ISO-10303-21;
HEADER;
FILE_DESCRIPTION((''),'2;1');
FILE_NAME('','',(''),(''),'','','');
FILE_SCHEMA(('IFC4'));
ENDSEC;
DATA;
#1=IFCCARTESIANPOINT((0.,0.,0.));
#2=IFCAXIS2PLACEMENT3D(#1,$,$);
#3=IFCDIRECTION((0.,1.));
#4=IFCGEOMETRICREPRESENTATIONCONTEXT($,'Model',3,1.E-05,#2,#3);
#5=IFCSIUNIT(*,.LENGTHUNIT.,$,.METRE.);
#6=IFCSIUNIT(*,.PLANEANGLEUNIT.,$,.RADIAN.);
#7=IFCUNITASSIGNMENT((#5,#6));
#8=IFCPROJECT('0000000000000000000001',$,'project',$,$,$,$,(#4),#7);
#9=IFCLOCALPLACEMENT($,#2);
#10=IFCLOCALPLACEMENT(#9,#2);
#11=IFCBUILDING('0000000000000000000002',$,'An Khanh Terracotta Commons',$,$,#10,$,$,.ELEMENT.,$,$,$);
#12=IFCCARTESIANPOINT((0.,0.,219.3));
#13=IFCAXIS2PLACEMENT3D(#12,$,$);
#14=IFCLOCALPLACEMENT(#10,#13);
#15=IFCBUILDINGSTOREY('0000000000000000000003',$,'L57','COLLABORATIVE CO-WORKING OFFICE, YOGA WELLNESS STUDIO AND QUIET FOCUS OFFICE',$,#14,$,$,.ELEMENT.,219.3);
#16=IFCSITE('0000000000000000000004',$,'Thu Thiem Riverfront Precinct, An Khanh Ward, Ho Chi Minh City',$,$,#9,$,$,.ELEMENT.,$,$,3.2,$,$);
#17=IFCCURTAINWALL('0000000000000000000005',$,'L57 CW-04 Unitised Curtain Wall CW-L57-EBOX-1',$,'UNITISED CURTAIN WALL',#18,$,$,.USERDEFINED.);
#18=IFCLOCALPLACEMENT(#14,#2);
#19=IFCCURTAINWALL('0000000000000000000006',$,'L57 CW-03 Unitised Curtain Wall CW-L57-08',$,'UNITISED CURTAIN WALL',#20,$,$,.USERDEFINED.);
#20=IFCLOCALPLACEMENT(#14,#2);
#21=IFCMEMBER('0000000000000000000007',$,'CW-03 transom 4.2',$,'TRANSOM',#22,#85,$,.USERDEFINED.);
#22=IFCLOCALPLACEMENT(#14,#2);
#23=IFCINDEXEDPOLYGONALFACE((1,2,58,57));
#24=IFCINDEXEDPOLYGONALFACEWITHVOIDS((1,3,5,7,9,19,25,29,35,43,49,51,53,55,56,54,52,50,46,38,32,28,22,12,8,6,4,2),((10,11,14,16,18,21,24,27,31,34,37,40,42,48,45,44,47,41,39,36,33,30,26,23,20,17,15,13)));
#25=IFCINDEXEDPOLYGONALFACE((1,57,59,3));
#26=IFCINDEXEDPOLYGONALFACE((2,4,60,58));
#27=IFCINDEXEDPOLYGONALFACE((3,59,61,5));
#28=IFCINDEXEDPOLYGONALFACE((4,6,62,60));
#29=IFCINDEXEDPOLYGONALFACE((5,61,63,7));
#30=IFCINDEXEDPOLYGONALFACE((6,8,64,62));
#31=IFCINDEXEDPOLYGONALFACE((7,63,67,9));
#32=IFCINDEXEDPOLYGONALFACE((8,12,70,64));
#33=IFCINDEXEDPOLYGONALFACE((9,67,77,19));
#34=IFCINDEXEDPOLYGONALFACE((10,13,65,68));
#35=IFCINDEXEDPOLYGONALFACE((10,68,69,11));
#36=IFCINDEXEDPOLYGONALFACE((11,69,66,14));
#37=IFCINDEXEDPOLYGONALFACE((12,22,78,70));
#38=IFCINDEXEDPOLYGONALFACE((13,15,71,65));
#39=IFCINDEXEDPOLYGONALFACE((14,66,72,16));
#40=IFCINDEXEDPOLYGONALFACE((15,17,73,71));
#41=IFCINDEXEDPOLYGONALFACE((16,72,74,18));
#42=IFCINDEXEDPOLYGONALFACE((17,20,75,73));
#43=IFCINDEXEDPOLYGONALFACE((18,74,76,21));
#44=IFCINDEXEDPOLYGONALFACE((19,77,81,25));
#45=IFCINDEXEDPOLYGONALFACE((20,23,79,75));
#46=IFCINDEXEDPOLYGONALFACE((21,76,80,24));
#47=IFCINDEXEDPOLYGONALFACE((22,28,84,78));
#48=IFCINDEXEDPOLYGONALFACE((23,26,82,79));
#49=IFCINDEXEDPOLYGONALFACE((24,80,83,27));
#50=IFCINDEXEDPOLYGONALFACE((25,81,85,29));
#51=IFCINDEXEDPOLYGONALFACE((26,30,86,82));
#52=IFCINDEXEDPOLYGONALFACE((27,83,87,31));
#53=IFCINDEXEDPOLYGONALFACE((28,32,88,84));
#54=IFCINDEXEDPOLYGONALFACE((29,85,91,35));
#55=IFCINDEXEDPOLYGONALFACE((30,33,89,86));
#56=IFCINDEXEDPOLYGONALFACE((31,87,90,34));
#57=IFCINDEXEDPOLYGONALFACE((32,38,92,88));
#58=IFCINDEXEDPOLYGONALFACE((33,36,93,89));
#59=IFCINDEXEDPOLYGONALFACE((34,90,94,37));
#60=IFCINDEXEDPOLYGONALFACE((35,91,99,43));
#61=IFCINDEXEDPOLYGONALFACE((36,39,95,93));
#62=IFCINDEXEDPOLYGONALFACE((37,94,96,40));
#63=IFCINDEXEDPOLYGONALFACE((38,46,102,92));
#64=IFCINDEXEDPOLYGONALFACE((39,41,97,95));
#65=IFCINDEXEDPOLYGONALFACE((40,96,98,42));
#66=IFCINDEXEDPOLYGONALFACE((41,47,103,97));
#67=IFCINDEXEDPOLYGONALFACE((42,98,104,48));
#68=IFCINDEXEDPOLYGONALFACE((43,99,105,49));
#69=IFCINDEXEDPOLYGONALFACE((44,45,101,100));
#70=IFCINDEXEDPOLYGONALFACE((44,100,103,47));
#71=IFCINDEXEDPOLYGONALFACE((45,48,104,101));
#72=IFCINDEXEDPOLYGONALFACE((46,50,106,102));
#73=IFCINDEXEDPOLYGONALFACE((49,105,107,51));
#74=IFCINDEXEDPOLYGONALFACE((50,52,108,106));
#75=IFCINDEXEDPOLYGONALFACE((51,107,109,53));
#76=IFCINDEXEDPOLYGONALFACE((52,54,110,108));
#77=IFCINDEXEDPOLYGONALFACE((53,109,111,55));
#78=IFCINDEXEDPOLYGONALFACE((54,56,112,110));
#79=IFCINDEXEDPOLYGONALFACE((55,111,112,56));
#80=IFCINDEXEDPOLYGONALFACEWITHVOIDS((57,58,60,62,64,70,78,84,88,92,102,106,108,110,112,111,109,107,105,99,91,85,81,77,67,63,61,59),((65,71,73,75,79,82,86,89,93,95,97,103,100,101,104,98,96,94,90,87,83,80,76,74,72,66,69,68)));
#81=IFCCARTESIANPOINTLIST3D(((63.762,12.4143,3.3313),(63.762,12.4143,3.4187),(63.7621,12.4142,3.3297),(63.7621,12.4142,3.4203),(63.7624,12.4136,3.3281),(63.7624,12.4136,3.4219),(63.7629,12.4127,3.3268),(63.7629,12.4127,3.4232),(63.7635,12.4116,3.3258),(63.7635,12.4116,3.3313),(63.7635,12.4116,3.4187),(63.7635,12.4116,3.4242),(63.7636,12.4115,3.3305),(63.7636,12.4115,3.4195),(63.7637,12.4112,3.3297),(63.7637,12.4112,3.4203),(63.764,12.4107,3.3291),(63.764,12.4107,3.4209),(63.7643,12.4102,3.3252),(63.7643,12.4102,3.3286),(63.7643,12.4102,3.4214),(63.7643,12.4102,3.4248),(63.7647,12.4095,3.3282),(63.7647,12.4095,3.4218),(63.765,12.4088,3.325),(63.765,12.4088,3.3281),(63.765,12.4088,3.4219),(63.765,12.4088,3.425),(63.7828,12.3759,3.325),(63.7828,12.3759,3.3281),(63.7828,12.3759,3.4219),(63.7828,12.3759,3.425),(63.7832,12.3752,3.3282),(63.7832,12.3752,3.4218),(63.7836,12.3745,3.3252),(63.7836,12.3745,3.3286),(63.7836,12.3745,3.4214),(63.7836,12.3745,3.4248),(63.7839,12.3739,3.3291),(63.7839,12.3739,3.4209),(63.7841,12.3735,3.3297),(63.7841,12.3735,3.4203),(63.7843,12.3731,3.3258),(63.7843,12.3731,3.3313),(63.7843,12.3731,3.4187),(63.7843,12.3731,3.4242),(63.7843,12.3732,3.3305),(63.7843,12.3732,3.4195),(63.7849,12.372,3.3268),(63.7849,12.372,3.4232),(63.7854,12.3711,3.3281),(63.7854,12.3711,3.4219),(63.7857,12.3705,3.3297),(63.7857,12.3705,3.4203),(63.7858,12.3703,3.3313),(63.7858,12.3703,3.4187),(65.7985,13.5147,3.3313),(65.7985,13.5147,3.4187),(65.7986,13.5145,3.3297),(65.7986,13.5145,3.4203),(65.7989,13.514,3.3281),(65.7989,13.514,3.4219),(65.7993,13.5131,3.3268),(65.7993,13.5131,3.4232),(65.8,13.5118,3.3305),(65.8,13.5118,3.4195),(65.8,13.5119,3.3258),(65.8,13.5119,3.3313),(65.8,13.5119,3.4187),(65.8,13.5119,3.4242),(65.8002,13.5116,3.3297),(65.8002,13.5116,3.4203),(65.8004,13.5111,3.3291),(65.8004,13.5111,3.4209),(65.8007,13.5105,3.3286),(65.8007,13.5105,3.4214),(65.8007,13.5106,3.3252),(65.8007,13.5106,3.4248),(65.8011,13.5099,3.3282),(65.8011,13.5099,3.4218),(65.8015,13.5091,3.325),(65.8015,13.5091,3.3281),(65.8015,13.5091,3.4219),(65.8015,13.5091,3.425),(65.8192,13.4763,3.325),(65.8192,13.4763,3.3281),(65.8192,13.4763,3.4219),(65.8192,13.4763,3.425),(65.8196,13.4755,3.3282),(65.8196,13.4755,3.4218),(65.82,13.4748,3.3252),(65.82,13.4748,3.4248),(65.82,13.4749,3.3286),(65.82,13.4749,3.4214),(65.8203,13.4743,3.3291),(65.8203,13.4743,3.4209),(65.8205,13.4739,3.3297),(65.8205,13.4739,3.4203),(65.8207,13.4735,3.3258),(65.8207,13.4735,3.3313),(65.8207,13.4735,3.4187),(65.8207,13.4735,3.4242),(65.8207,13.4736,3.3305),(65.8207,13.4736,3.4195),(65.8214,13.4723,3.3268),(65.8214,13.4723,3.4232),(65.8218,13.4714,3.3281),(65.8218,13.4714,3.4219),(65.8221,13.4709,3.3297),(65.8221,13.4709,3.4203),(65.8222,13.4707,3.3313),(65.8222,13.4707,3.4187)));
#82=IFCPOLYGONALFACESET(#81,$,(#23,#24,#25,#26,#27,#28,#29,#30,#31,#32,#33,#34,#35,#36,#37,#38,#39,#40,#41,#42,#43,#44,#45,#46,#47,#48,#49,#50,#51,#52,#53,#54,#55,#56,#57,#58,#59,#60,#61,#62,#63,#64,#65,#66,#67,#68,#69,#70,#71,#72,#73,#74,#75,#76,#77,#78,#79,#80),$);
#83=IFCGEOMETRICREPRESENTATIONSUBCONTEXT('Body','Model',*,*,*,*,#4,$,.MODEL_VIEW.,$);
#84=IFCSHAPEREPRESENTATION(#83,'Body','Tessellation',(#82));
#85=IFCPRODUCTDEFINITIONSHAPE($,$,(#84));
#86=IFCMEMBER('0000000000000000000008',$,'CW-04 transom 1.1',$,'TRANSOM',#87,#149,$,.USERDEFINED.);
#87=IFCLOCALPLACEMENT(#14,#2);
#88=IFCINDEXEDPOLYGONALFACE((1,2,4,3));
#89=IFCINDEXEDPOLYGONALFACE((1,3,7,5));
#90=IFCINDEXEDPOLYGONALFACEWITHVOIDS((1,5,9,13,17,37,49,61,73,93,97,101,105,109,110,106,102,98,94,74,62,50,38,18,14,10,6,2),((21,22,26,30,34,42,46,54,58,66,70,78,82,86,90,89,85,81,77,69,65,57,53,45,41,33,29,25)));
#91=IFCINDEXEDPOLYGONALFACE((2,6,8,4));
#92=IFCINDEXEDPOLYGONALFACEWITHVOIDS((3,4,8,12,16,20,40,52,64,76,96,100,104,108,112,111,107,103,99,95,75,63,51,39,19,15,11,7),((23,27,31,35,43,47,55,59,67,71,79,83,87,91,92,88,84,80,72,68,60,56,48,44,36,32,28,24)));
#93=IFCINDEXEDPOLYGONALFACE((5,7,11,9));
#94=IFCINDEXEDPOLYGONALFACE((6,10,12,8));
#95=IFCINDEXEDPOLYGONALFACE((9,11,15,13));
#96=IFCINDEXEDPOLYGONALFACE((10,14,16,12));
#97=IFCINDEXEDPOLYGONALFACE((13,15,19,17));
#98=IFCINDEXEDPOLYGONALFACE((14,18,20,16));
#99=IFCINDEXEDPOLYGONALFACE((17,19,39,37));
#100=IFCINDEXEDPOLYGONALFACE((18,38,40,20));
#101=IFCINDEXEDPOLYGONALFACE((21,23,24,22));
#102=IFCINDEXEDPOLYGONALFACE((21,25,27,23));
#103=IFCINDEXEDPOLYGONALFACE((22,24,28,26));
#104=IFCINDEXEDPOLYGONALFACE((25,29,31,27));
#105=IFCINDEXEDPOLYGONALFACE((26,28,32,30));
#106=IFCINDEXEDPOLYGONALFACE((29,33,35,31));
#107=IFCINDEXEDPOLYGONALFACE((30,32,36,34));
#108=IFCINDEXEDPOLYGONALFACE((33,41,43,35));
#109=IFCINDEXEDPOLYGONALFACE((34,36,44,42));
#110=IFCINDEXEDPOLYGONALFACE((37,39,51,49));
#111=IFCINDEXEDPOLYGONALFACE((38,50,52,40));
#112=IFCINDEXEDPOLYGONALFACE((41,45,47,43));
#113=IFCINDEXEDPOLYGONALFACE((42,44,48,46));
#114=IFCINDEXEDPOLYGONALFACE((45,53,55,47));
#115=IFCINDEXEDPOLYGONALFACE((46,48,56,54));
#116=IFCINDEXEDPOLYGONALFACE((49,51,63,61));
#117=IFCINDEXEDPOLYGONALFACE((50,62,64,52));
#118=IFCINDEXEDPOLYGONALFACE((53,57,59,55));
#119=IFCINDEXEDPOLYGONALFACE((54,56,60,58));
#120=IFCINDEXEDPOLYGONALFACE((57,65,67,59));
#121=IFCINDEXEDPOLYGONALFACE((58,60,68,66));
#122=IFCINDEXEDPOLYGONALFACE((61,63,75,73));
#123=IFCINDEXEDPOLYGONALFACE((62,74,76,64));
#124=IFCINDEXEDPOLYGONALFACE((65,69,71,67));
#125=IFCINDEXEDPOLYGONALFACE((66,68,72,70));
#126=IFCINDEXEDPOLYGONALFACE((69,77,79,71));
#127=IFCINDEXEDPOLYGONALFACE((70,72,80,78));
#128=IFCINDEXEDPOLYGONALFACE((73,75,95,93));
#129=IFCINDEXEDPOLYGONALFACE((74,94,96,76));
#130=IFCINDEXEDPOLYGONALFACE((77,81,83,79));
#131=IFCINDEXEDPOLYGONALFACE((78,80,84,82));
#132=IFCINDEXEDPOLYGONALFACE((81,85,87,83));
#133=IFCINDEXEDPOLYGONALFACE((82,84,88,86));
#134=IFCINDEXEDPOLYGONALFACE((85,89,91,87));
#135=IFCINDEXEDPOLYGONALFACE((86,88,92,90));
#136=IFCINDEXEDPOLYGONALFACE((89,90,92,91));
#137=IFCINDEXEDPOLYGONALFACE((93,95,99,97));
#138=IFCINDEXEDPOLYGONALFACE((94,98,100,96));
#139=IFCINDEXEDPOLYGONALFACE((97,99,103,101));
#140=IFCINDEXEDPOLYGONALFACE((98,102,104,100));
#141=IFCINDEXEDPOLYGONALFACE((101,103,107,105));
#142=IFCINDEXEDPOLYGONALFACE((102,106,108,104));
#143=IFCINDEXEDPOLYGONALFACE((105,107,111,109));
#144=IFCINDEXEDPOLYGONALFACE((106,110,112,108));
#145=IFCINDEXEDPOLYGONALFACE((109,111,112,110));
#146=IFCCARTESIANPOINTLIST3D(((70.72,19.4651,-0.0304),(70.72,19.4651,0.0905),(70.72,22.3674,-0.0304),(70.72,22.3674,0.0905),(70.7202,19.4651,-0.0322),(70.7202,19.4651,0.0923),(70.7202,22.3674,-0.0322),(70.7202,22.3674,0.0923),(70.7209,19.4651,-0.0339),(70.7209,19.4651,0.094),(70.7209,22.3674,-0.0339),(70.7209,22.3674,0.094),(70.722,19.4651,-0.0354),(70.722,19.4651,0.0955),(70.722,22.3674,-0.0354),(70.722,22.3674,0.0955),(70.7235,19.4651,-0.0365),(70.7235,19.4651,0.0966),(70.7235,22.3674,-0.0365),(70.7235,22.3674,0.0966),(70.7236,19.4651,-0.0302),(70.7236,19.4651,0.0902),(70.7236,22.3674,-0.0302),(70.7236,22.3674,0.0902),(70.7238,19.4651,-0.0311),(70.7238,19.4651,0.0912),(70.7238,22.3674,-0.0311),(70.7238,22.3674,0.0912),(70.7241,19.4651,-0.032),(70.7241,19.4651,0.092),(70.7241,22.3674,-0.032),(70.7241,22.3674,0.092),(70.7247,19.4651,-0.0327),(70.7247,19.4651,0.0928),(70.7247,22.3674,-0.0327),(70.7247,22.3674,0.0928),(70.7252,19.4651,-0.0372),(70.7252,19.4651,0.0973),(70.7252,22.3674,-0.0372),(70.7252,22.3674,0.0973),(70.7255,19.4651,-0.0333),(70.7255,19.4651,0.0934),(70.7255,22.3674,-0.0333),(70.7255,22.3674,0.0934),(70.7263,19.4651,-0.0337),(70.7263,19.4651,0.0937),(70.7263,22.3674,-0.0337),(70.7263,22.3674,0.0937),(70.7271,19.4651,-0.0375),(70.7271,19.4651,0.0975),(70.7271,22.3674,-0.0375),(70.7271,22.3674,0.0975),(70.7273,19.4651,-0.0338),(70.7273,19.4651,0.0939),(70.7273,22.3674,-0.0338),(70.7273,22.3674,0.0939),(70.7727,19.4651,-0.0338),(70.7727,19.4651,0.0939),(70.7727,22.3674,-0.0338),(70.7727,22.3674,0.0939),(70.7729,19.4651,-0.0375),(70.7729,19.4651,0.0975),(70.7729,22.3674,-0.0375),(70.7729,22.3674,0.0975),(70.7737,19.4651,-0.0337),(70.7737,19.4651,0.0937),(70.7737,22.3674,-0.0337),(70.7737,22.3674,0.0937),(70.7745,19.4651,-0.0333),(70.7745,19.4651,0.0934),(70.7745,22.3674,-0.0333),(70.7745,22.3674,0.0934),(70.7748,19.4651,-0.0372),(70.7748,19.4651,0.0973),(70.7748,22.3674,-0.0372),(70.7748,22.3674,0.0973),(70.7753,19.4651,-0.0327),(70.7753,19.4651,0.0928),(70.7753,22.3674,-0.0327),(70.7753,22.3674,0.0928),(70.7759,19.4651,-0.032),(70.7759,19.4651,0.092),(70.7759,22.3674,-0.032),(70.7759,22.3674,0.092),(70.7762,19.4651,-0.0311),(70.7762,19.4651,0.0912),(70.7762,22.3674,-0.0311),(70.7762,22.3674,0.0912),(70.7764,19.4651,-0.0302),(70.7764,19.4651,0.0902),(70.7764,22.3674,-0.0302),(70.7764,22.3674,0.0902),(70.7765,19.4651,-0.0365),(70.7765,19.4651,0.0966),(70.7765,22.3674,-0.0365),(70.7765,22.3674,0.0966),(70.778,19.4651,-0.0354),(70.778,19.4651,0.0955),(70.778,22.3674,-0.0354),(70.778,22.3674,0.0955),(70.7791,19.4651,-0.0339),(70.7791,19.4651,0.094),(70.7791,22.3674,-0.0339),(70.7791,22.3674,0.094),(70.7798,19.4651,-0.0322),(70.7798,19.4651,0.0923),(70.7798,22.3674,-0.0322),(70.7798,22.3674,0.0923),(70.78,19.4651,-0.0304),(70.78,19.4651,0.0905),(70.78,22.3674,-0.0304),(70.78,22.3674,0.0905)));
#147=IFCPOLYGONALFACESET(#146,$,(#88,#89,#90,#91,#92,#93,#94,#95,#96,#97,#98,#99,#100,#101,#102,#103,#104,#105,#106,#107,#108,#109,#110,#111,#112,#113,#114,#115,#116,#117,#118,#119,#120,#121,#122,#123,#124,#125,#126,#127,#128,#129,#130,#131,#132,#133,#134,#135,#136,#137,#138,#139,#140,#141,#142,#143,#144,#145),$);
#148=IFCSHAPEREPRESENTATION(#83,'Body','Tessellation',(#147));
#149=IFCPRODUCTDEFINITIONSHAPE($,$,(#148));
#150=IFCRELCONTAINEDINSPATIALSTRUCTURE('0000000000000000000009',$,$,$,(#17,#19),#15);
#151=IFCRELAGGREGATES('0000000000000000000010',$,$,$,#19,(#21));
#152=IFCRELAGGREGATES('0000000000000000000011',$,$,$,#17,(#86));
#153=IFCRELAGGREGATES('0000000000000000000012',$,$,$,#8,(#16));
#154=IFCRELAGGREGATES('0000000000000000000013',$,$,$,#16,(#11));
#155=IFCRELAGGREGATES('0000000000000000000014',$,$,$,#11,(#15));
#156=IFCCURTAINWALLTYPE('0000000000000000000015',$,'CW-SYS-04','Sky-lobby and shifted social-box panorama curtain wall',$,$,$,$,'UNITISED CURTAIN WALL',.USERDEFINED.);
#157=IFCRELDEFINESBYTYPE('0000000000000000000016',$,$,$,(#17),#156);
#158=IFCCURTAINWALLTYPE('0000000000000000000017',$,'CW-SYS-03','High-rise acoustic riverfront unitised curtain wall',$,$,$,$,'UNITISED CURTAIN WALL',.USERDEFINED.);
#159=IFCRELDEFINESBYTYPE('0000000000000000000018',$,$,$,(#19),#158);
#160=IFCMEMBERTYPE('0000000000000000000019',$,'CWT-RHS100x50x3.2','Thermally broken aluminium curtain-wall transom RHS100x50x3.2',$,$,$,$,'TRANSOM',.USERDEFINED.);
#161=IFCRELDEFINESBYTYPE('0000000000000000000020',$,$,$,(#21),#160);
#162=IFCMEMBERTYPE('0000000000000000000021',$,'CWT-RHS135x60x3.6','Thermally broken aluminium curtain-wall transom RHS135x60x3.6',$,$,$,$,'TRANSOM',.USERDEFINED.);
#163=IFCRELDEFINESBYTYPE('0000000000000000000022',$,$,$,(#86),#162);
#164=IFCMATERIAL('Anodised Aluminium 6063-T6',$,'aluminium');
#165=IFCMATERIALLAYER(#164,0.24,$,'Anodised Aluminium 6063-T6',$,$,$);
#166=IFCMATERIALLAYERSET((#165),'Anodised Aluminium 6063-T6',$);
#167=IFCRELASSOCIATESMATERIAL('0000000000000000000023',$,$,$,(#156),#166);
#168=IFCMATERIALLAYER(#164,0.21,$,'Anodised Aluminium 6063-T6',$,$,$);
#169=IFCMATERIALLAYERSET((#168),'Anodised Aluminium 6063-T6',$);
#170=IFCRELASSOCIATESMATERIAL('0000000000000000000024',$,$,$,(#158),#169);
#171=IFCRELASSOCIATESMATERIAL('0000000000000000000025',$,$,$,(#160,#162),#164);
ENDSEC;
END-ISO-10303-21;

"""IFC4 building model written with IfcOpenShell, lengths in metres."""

from ifc_helpers import new_model, si_unit, direction, frame, origin, origin_2d, place, context, subcontext, project, spatial, hollow_rectangle, extrude, material, layer, layer_set, material_profile, profile_set, type_object, element, aggregate, save


model = new_model("IFC4")

# Units and contexts
model_context = context("Model", 3, precision=1e-05, world=origin(), true_north=direction((0.0, 1.0)))
body_context = subcontext(model_context, "Body", "Model", "MODEL_VIEW")
ifc_project = project(units=[si_unit("LENGTHUNIT", "METRE"), si_unit("PLANEANGLEUNIT", "RADIAN")], contexts=[model_context])

# Site, building, storey
site_placement = place(None, origin())
site = spatial("IfcSite", under=ifc_project, at=site_placement, Name="Thu Thiem Riverfront Precinct, An Khanh Ward, Ho Chi Minh City", CompositionType="ELEMENT", RefElevation=3.2)
building_placement = place(site_placement, origin())
building = spatial("IfcBuilding", under=site, at=building_placement, Name="An Khanh Terracotta Commons", CompositionType="ELEMENT")
storey_placement = place(building_placement, frame((0.0, 0.0, 219.3)))
storey = spatial("IfcBuildingStorey", under=building, at=storey_placement, Name="L57", Description="COLLABORATIVE CO-WORKING OFFICE, YOGA WELLNESS STUDIO AND QUIET FOCUS OFFICE", CompositionType="ELEMENT", Elevation=219.3)

# Curtain walls, member
ifc_material_1 = material(Name="Anodised Aluminium 6063-T6", Category="aluminium")
ifc_layer_1 = layer(ifc_material_1, 0.24, Name="Anodised Aluminium 6063-T6")
ifc_layer_set_1 = layer_set([ifc_layer_1], Name="Anodised Aluminium 6063-T6")
curtain_wall_type_1 = type_object("IfcCurtainWallType", Name="CW-SYS-04", Description="Sky-lobby and shifted social-box panorama curtain wall", ElementType="UNITISED CURTAIN WALL", PredefinedType="USERDEFINED", material=ifc_layer_set_1)
curtain_wall_1_placement = place(storey_placement, origin())
curtain_wall_1 = element("IfcCurtainWall", 1, at=curtain_wall_1_placement, inside=storey, type_object=curtain_wall_type_1, Name="L57 CW-04 Unitised Curtain Wall CW-L57-EBOX-1", ObjectType="UNITISED CURTAIN WALL", PredefinedType="USERDEFINED")
ifc_layer_2 = layer(ifc_material_1, 0.21, Name="Anodised Aluminium 6063-T6")
ifc_layer_set_2 = layer_set([ifc_layer_2], Name="Anodised Aluminium 6063-T6")
curtain_wall_type_2 = type_object("IfcCurtainWallType", Name="CW-SYS-03", Description="High-rise acoustic riverfront unitised curtain wall", ElementType="UNITISED CURTAIN WALL", PredefinedType="USERDEFINED", material=ifc_layer_set_2)
curtain_wall_2_placement = place(storey_placement, origin())
curtain_wall_2 = element("IfcCurtainWall", 2, at=curtain_wall_2_placement, inside=storey, type_object=curtain_wall_type_2, Name="L57 CW-03 Unitised Curtain Wall CW-L57-08", ObjectType="UNITISED CURTAIN WALL", PredefinedType="USERDEFINED")
ifc_material_profile_1 = material_profile(ifc_material_1, hollow_rectangle(XDim=0.05, YDim=0.1001, WallThickness=0.0032, InnerFilletRadius=0.0032, OuterFilletRadius=0.0063, at=origin_2d()), Name="RHS100x50x3.2")
ifc_profile_set_1 = profile_set([ifc_material_profile_1], Name="Anodised Aluminium 6063-T6")
member_type_1 = type_object("IfcMemberType", Name="CWT-RHS100x50x3.2", Description="Thermally broken aluminium curtain-wall transom RHS100x50x3.2", ElementType="TRANSOM", PredefinedType="USERDEFINED", material=ifc_profile_set_1)
member_1_placement = place(storey_placement, frame((63.7739, 12.3923, 3.375), z_axis=(0.879779, 0.475382, 0.0), x_axis=(-0.475382, 0.879779, 0.0)))
member_1 = element("IfcMember", 3, at=member_1_placement, type_object=member_type_1, Name="CW-03 transom 4.2", ObjectType="TRANSOM", PredefinedType="USERDEFINED", context=body_context, shape_type="SweptSolid", body=[
    extrude(hollow_rectangle(XDim=0.05, YDim=0.1001, WallThickness=0.0032, InnerFilletRadius=0.0032, OuterFilletRadius=0.0063, at=origin_2d()), origin(), (0.0, 0.0, 1.0), 2.3147),
])

# Member
ifc_material_profile_2 = material_profile(ifc_material_1, hollow_rectangle(XDim=0.0601, YDim=0.135, WallThickness=0.0037, InnerFilletRadius=0.0037, OuterFilletRadius=0.0071, at=origin_2d()), Name="RHS135x60x3.6")
ifc_profile_set_2 = profile_set([ifc_material_profile_2], Name="Anodised Aluminium 6063-T6")
member_type_2 = type_object("IfcMemberType", Name="CWT-RHS135x60x3.6", Description="Thermally broken aluminium curtain-wall transom RHS135x60x3.6", ElementType="TRANSOM", PredefinedType="USERDEFINED", material=ifc_profile_set_2)
member_2_placement = place(storey_placement, frame((70.75, 19.4651, 0.03), z_axis=(0.0, 1.0, 0.0), x_axis=(-1.0, 0.0, 0.0)))
member_2 = element("IfcMember", 4, at=member_2_placement, type_object=member_type_2, Name="CW-04 transom 1.1", ObjectType="TRANSOM", PredefinedType="USERDEFINED", context=body_context, shape_type="SweptSolid", body=[
    extrude(hollow_rectangle(XDim=0.0601, YDim=0.135, WallThickness=0.0037, InnerFilletRadius=0.0037, OuterFilletRadius=0.0071, at=origin_2d()), origin(), (0.0, 0.0, 1.0), 2.9023),
])

aggregate(curtain_wall_2, [member_1])
aggregate(curtain_wall_1, [member_2])

save(model, "model.ifc")
